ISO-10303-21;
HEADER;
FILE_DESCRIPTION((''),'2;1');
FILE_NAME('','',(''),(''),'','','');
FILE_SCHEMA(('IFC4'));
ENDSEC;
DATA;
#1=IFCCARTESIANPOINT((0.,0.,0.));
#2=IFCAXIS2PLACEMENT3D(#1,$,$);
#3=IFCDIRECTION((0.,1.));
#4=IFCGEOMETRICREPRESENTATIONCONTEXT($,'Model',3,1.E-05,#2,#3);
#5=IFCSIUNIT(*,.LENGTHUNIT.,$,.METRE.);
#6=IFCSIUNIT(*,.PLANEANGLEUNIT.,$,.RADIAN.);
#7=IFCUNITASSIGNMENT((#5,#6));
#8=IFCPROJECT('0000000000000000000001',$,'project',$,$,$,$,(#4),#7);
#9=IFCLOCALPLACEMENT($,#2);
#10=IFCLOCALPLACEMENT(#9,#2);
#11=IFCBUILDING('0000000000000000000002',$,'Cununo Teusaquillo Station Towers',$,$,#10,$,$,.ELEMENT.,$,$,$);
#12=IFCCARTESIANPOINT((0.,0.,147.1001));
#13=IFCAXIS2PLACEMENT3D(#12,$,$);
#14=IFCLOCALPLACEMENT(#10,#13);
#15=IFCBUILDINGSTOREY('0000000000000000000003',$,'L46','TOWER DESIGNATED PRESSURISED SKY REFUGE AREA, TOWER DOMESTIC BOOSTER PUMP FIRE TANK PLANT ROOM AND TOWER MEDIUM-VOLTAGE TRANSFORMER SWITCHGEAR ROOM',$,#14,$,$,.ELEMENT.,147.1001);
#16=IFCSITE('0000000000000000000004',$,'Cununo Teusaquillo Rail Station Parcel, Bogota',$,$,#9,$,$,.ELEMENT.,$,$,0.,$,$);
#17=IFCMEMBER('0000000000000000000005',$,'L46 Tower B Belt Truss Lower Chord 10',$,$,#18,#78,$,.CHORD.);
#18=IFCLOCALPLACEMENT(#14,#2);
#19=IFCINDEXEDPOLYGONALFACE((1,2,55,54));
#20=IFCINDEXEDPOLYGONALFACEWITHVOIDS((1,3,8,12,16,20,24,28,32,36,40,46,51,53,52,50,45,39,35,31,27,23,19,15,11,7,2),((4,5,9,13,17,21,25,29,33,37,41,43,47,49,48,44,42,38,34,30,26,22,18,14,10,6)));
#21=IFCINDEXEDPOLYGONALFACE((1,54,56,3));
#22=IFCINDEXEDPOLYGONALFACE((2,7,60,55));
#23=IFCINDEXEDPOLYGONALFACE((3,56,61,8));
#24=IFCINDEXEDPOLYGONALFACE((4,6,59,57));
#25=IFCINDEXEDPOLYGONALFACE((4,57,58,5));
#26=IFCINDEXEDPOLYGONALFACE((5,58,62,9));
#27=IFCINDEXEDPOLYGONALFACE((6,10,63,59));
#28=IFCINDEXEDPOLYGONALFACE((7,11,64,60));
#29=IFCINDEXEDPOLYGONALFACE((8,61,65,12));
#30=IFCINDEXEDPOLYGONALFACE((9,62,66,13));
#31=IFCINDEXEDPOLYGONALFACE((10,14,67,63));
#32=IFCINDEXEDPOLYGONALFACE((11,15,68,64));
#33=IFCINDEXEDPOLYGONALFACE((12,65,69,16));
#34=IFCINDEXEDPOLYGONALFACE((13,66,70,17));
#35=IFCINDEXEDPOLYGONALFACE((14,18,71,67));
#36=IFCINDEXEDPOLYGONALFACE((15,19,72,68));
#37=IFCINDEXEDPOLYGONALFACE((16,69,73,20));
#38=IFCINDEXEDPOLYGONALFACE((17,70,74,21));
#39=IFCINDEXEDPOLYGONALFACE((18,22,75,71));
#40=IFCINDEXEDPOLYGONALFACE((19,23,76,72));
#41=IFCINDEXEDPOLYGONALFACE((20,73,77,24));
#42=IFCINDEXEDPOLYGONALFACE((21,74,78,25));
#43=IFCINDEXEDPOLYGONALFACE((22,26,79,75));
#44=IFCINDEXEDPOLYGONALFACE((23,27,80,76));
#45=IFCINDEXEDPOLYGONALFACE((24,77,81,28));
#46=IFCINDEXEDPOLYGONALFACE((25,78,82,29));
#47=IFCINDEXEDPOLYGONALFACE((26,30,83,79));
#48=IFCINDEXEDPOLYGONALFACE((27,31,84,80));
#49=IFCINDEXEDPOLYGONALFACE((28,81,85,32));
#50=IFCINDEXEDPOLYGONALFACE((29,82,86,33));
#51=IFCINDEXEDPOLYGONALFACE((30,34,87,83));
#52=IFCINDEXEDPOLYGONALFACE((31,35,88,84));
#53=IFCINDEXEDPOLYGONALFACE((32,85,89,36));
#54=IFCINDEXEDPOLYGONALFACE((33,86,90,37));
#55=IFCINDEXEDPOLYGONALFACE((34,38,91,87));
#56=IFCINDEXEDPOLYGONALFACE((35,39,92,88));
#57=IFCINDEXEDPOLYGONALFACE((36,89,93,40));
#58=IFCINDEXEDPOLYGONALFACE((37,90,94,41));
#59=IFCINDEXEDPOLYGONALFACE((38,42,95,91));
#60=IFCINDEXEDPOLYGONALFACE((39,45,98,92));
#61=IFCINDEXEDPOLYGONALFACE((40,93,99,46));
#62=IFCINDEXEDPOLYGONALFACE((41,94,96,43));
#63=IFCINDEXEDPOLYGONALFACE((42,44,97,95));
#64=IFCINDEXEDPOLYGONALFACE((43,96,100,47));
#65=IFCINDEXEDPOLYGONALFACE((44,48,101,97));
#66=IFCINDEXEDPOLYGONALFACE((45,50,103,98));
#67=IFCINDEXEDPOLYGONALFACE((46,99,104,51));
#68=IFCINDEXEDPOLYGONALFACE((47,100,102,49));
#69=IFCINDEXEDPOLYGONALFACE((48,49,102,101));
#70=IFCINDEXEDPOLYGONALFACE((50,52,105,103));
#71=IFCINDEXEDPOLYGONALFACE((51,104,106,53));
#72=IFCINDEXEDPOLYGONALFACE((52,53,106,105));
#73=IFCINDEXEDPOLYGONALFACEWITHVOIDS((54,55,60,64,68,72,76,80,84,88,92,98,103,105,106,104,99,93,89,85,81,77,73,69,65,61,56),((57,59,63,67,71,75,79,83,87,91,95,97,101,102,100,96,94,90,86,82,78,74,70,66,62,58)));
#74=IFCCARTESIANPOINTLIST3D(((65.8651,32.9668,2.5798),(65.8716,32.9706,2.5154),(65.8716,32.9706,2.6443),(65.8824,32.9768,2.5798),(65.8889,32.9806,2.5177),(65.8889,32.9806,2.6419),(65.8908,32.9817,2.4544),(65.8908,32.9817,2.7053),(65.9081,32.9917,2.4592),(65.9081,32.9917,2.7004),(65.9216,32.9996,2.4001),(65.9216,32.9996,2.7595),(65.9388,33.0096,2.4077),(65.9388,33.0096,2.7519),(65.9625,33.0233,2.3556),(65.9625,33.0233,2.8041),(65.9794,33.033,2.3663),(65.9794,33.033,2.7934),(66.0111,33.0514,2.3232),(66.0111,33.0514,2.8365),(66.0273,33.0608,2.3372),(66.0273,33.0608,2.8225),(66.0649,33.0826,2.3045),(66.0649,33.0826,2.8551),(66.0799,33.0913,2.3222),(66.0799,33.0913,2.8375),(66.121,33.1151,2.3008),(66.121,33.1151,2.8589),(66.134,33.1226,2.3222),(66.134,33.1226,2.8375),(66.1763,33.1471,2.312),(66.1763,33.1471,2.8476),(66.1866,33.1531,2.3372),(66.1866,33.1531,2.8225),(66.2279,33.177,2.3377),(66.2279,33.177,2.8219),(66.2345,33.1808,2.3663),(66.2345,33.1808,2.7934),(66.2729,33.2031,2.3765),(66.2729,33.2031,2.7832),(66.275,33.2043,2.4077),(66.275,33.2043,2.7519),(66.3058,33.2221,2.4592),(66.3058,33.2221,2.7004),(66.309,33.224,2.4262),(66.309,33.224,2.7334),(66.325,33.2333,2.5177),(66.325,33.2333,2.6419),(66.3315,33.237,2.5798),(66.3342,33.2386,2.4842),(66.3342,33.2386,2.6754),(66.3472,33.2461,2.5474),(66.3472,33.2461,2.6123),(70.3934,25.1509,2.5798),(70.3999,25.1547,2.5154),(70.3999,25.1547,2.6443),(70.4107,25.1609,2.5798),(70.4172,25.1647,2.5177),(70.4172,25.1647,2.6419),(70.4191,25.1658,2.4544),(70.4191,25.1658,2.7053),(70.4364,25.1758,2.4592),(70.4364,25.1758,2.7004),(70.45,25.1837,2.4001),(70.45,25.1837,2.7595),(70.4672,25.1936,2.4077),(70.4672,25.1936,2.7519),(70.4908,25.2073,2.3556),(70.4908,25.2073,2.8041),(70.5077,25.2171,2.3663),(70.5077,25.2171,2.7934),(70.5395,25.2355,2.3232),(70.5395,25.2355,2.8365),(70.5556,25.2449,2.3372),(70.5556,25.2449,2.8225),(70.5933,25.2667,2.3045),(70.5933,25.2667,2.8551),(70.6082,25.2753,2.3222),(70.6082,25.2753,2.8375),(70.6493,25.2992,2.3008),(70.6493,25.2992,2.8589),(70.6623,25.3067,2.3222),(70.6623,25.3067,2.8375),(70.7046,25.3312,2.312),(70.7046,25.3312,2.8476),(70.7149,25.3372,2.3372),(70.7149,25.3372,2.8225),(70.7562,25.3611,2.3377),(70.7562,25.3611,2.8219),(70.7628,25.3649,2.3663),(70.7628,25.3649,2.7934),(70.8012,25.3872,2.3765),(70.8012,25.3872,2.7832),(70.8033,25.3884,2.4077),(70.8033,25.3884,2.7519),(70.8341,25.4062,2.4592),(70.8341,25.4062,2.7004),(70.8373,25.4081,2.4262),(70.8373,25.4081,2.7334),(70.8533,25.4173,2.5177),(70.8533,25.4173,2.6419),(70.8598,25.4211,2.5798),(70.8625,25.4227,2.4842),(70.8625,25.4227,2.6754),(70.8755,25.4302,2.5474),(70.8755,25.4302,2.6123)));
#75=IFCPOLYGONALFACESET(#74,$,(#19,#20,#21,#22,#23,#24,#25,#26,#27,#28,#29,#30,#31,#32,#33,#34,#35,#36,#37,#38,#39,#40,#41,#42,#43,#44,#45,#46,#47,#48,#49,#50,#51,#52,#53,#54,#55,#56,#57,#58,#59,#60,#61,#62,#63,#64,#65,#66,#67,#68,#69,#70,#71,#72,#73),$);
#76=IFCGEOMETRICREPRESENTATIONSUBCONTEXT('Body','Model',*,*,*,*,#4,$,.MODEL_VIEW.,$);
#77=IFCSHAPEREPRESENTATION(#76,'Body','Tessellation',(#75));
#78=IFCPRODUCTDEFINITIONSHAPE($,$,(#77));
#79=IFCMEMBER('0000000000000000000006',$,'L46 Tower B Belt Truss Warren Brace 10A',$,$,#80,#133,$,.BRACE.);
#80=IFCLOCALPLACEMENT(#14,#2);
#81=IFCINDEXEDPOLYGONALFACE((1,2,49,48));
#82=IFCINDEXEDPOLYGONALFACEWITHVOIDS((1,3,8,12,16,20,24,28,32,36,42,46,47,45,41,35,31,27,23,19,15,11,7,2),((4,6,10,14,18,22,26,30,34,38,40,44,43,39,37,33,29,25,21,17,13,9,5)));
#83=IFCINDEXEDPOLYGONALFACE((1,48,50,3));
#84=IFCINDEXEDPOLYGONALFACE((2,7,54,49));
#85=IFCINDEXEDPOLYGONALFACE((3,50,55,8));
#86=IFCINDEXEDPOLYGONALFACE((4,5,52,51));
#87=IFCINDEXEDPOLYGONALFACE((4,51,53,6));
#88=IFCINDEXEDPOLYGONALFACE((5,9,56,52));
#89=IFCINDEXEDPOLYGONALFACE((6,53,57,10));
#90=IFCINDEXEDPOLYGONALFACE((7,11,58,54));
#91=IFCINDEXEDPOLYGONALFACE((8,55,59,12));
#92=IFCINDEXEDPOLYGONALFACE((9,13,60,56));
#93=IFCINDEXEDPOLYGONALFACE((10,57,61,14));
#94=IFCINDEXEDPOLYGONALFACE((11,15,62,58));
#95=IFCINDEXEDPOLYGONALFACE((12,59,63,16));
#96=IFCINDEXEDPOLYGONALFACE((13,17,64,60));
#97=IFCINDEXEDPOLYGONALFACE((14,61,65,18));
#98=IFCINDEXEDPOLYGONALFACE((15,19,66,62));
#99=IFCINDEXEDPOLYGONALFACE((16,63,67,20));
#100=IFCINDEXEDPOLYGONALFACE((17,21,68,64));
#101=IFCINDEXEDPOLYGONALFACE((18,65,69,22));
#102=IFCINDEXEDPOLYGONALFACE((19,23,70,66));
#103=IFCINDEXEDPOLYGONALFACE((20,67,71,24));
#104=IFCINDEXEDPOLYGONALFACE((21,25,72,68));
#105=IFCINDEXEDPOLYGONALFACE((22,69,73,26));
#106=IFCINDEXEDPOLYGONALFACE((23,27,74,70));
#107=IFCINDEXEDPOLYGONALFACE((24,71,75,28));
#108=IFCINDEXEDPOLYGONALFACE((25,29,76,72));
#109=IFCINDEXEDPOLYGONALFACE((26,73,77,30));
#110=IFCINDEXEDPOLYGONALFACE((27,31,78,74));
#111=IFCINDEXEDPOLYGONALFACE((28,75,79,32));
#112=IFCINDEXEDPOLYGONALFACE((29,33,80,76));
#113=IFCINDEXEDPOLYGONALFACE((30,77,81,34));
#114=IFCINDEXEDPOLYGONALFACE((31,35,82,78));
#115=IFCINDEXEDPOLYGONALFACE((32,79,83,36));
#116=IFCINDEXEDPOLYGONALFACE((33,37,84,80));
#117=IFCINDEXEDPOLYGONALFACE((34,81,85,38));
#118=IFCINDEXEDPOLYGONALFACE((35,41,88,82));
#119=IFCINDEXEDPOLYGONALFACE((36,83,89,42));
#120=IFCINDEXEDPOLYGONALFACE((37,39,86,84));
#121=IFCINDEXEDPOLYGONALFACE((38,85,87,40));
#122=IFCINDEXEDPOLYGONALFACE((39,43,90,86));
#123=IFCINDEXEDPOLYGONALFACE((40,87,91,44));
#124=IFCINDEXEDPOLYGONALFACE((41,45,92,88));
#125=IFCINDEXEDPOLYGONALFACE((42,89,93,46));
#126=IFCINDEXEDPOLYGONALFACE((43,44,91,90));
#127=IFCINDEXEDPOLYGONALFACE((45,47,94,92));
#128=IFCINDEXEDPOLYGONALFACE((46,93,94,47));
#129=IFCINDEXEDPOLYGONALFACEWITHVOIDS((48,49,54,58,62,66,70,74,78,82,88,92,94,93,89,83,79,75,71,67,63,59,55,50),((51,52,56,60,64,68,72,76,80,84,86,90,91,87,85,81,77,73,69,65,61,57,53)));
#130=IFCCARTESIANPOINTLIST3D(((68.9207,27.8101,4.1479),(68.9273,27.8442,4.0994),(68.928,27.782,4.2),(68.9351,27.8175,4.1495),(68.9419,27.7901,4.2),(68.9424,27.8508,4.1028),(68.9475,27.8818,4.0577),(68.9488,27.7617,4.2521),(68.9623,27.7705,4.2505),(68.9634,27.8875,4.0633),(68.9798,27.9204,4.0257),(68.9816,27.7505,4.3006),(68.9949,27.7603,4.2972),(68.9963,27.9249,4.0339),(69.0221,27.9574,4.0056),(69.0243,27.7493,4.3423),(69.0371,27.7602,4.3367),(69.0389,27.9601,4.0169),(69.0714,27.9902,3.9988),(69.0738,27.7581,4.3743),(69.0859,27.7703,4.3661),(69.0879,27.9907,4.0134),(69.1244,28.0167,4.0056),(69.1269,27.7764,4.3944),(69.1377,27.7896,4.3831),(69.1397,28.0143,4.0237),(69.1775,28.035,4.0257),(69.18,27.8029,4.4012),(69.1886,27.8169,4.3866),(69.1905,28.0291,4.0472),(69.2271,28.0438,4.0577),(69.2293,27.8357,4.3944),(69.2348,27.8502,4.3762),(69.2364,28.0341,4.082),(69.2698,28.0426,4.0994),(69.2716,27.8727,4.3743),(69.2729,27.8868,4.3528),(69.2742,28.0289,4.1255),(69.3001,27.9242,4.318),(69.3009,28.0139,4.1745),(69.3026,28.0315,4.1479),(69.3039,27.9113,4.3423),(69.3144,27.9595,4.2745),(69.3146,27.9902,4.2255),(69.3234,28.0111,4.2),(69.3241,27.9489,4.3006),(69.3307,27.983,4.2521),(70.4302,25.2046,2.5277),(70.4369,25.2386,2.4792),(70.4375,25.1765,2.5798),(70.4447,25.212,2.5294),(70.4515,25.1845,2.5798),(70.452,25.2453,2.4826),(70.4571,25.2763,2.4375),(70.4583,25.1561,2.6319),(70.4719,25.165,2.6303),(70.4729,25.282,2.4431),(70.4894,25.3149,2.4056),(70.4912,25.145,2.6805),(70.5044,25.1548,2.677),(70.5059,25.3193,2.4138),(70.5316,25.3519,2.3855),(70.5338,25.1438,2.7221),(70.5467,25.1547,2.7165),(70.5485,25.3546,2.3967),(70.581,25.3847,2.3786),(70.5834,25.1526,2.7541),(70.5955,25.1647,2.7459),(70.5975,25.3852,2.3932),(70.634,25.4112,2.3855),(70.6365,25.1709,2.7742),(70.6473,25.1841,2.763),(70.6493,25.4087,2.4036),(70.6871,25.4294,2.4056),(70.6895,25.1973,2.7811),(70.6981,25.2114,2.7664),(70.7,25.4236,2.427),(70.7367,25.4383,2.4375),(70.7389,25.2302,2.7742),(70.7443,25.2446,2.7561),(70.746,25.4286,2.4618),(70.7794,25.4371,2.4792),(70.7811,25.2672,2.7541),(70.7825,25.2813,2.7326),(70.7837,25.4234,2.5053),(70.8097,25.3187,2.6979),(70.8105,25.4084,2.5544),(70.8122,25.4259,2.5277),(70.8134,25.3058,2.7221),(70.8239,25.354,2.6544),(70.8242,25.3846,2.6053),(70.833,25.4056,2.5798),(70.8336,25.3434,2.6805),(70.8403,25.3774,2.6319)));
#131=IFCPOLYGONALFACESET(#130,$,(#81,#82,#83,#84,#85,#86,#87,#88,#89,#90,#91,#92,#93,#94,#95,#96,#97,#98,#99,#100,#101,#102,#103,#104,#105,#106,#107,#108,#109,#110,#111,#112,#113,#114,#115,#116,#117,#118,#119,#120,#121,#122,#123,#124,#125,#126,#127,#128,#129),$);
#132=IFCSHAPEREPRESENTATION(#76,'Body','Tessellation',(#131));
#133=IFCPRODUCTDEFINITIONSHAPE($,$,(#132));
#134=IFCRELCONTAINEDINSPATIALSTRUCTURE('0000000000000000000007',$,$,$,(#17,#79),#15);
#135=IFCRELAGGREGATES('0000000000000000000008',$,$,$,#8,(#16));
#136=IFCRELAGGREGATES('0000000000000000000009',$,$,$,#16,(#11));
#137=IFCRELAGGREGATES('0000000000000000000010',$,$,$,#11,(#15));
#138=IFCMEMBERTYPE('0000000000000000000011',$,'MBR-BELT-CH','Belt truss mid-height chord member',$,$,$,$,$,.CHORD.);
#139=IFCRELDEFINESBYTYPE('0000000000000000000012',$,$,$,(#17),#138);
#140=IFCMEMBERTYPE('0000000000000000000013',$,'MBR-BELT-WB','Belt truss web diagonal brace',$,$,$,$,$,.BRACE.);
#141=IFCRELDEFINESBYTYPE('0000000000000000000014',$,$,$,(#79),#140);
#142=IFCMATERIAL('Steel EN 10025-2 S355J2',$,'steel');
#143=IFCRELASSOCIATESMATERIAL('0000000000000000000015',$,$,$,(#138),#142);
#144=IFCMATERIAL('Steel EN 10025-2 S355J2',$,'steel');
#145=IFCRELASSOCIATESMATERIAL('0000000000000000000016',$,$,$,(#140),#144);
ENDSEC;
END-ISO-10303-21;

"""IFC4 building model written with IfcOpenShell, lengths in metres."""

from ifc_helpers import new_model, si_unit, direction, frame, origin, origin_2d, place, context, subcontext, project, spatial, hollow_circle, extrude, material, material_profile, profile_set, type_object, element, save


model = new_model("IFC4")

# Units and contexts
model_context = context("Model", 3, precision=1e-05, world=origin(), true_north=direction((0.0, 1.0)))
body_context = subcontext(model_context, "Body", "Model", "MODEL_VIEW")
ifc_project = project(units=[si_unit("LENGTHUNIT", "METRE"), si_unit("PLANEANGLEUNIT", "RADIAN")], contexts=[model_context])

# Site, building, storey
site_placement = place(None, origin())
site = spatial("IfcSite", under=ifc_project, at=site_placement, Name="Cununo Teusaquillo Rail Station Parcel, Bogota", CompositionType="ELEMENT", RefElevation=0.0)
building_placement = place(site_placement, origin())
building = spatial("IfcBuilding", under=site, at=building_placement, Name="Cununo Teusaquillo Station Towers", CompositionType="ELEMENT")
storey_placement = place(building_placement, frame((0.0, 0.0, 147.1001)))
storey = spatial("IfcBuildingStorey", under=building, at=storey_placement, Name="L46", Description="TOWER DESIGNATED PRESSURISED SKY REFUGE AREA, TOWER DOMESTIC BOOSTER PUMP FIRE TANK PLANT ROOM AND TOWER MEDIUM-VOLTAGE TRANSFORMER SWITCHGEAR ROOM", CompositionType="ELEMENT", Elevation=147.1001)

# Members
ifc_material_1 = material(Name="Steel EN 10025-2 S355J2", Category="steel")
ifc_material_profile_1 = material_profile(ifc_material_1, hollow_circle(Radius=0.2795, WallThickness=0.02, at=origin_2d()), Name="CHS 559x20")
ifc_profile_set_1 = profile_set([ifc_material_profile_1], Name="Steel EN 10025-2 S355J2")
member_type_1 = type_object("IfcMemberType", Name="MBR-BELT-CH", Description="Belt truss mid-height chord member", PredefinedType="CHORD", material=ifc_profile_set_1)
member_1_placement = place(storey_placement, frame((70.6353, 25.291, 2.5798), z_axis=(-0.501311, 0.865267, 0.0), x_axis=(-0.865267, -0.501311, 0.0)))
element("IfcMember", 1, at=member_1_placement, inside=storey, type_object=member_type_1, Name="L46 Tower B Belt Truss Lower Chord 10", PredefinedType="CHORD", context=body_context, shape_type="SweptSolid", body=[
    extrude(hollow_circle(Radius=0.2795, WallThickness=0.02, at=origin_2d()), origin(), (0.0, 0.0, 1.0), 9.033),
])
ifc_material_2 = material(Name="Steel EN 10025-2 S355J2", Category="steel")
ifc_material_profile_2 = material_profile(ifc_material_2, hollow_circle(Radius=0.2285, WallThickness=0.0161, at=origin_2d()), Name="CHS 457x16")
ifc_profile_set_2 = profile_set([ifc_material_profile_2], Name="Steel EN 10025-2 S355J2")
member_type_2 = type_object("IfcMemberType", Name="MBR-BELT-WB", Description="Belt truss web diagonal brace", PredefinedType="BRACE", material=ifc_profile_set_2)
member_2_placement = place(storey_placement, frame((70.6353, 25.291, 2.5798), z_axis=(-0.441465, 0.761979, 0.47381), x_axis=(-0.865269, -0.501308, 0.0)))
element("IfcMember", 2, at=member_2_placement, inside=storey, type_object=member_type_2, Name="L46 Tower B Belt Truss Warren Brace 10A", PredefinedType="BRACE", context=body_context, shape_type="SweptSolid", body=[
    extrude(hollow_circle(Radius=0.2285, WallThickness=0.0161, at=origin_2d()), origin(), (0.0, 0.0, 1.0), 3.4194),
])

save(model, "model.ifc")
